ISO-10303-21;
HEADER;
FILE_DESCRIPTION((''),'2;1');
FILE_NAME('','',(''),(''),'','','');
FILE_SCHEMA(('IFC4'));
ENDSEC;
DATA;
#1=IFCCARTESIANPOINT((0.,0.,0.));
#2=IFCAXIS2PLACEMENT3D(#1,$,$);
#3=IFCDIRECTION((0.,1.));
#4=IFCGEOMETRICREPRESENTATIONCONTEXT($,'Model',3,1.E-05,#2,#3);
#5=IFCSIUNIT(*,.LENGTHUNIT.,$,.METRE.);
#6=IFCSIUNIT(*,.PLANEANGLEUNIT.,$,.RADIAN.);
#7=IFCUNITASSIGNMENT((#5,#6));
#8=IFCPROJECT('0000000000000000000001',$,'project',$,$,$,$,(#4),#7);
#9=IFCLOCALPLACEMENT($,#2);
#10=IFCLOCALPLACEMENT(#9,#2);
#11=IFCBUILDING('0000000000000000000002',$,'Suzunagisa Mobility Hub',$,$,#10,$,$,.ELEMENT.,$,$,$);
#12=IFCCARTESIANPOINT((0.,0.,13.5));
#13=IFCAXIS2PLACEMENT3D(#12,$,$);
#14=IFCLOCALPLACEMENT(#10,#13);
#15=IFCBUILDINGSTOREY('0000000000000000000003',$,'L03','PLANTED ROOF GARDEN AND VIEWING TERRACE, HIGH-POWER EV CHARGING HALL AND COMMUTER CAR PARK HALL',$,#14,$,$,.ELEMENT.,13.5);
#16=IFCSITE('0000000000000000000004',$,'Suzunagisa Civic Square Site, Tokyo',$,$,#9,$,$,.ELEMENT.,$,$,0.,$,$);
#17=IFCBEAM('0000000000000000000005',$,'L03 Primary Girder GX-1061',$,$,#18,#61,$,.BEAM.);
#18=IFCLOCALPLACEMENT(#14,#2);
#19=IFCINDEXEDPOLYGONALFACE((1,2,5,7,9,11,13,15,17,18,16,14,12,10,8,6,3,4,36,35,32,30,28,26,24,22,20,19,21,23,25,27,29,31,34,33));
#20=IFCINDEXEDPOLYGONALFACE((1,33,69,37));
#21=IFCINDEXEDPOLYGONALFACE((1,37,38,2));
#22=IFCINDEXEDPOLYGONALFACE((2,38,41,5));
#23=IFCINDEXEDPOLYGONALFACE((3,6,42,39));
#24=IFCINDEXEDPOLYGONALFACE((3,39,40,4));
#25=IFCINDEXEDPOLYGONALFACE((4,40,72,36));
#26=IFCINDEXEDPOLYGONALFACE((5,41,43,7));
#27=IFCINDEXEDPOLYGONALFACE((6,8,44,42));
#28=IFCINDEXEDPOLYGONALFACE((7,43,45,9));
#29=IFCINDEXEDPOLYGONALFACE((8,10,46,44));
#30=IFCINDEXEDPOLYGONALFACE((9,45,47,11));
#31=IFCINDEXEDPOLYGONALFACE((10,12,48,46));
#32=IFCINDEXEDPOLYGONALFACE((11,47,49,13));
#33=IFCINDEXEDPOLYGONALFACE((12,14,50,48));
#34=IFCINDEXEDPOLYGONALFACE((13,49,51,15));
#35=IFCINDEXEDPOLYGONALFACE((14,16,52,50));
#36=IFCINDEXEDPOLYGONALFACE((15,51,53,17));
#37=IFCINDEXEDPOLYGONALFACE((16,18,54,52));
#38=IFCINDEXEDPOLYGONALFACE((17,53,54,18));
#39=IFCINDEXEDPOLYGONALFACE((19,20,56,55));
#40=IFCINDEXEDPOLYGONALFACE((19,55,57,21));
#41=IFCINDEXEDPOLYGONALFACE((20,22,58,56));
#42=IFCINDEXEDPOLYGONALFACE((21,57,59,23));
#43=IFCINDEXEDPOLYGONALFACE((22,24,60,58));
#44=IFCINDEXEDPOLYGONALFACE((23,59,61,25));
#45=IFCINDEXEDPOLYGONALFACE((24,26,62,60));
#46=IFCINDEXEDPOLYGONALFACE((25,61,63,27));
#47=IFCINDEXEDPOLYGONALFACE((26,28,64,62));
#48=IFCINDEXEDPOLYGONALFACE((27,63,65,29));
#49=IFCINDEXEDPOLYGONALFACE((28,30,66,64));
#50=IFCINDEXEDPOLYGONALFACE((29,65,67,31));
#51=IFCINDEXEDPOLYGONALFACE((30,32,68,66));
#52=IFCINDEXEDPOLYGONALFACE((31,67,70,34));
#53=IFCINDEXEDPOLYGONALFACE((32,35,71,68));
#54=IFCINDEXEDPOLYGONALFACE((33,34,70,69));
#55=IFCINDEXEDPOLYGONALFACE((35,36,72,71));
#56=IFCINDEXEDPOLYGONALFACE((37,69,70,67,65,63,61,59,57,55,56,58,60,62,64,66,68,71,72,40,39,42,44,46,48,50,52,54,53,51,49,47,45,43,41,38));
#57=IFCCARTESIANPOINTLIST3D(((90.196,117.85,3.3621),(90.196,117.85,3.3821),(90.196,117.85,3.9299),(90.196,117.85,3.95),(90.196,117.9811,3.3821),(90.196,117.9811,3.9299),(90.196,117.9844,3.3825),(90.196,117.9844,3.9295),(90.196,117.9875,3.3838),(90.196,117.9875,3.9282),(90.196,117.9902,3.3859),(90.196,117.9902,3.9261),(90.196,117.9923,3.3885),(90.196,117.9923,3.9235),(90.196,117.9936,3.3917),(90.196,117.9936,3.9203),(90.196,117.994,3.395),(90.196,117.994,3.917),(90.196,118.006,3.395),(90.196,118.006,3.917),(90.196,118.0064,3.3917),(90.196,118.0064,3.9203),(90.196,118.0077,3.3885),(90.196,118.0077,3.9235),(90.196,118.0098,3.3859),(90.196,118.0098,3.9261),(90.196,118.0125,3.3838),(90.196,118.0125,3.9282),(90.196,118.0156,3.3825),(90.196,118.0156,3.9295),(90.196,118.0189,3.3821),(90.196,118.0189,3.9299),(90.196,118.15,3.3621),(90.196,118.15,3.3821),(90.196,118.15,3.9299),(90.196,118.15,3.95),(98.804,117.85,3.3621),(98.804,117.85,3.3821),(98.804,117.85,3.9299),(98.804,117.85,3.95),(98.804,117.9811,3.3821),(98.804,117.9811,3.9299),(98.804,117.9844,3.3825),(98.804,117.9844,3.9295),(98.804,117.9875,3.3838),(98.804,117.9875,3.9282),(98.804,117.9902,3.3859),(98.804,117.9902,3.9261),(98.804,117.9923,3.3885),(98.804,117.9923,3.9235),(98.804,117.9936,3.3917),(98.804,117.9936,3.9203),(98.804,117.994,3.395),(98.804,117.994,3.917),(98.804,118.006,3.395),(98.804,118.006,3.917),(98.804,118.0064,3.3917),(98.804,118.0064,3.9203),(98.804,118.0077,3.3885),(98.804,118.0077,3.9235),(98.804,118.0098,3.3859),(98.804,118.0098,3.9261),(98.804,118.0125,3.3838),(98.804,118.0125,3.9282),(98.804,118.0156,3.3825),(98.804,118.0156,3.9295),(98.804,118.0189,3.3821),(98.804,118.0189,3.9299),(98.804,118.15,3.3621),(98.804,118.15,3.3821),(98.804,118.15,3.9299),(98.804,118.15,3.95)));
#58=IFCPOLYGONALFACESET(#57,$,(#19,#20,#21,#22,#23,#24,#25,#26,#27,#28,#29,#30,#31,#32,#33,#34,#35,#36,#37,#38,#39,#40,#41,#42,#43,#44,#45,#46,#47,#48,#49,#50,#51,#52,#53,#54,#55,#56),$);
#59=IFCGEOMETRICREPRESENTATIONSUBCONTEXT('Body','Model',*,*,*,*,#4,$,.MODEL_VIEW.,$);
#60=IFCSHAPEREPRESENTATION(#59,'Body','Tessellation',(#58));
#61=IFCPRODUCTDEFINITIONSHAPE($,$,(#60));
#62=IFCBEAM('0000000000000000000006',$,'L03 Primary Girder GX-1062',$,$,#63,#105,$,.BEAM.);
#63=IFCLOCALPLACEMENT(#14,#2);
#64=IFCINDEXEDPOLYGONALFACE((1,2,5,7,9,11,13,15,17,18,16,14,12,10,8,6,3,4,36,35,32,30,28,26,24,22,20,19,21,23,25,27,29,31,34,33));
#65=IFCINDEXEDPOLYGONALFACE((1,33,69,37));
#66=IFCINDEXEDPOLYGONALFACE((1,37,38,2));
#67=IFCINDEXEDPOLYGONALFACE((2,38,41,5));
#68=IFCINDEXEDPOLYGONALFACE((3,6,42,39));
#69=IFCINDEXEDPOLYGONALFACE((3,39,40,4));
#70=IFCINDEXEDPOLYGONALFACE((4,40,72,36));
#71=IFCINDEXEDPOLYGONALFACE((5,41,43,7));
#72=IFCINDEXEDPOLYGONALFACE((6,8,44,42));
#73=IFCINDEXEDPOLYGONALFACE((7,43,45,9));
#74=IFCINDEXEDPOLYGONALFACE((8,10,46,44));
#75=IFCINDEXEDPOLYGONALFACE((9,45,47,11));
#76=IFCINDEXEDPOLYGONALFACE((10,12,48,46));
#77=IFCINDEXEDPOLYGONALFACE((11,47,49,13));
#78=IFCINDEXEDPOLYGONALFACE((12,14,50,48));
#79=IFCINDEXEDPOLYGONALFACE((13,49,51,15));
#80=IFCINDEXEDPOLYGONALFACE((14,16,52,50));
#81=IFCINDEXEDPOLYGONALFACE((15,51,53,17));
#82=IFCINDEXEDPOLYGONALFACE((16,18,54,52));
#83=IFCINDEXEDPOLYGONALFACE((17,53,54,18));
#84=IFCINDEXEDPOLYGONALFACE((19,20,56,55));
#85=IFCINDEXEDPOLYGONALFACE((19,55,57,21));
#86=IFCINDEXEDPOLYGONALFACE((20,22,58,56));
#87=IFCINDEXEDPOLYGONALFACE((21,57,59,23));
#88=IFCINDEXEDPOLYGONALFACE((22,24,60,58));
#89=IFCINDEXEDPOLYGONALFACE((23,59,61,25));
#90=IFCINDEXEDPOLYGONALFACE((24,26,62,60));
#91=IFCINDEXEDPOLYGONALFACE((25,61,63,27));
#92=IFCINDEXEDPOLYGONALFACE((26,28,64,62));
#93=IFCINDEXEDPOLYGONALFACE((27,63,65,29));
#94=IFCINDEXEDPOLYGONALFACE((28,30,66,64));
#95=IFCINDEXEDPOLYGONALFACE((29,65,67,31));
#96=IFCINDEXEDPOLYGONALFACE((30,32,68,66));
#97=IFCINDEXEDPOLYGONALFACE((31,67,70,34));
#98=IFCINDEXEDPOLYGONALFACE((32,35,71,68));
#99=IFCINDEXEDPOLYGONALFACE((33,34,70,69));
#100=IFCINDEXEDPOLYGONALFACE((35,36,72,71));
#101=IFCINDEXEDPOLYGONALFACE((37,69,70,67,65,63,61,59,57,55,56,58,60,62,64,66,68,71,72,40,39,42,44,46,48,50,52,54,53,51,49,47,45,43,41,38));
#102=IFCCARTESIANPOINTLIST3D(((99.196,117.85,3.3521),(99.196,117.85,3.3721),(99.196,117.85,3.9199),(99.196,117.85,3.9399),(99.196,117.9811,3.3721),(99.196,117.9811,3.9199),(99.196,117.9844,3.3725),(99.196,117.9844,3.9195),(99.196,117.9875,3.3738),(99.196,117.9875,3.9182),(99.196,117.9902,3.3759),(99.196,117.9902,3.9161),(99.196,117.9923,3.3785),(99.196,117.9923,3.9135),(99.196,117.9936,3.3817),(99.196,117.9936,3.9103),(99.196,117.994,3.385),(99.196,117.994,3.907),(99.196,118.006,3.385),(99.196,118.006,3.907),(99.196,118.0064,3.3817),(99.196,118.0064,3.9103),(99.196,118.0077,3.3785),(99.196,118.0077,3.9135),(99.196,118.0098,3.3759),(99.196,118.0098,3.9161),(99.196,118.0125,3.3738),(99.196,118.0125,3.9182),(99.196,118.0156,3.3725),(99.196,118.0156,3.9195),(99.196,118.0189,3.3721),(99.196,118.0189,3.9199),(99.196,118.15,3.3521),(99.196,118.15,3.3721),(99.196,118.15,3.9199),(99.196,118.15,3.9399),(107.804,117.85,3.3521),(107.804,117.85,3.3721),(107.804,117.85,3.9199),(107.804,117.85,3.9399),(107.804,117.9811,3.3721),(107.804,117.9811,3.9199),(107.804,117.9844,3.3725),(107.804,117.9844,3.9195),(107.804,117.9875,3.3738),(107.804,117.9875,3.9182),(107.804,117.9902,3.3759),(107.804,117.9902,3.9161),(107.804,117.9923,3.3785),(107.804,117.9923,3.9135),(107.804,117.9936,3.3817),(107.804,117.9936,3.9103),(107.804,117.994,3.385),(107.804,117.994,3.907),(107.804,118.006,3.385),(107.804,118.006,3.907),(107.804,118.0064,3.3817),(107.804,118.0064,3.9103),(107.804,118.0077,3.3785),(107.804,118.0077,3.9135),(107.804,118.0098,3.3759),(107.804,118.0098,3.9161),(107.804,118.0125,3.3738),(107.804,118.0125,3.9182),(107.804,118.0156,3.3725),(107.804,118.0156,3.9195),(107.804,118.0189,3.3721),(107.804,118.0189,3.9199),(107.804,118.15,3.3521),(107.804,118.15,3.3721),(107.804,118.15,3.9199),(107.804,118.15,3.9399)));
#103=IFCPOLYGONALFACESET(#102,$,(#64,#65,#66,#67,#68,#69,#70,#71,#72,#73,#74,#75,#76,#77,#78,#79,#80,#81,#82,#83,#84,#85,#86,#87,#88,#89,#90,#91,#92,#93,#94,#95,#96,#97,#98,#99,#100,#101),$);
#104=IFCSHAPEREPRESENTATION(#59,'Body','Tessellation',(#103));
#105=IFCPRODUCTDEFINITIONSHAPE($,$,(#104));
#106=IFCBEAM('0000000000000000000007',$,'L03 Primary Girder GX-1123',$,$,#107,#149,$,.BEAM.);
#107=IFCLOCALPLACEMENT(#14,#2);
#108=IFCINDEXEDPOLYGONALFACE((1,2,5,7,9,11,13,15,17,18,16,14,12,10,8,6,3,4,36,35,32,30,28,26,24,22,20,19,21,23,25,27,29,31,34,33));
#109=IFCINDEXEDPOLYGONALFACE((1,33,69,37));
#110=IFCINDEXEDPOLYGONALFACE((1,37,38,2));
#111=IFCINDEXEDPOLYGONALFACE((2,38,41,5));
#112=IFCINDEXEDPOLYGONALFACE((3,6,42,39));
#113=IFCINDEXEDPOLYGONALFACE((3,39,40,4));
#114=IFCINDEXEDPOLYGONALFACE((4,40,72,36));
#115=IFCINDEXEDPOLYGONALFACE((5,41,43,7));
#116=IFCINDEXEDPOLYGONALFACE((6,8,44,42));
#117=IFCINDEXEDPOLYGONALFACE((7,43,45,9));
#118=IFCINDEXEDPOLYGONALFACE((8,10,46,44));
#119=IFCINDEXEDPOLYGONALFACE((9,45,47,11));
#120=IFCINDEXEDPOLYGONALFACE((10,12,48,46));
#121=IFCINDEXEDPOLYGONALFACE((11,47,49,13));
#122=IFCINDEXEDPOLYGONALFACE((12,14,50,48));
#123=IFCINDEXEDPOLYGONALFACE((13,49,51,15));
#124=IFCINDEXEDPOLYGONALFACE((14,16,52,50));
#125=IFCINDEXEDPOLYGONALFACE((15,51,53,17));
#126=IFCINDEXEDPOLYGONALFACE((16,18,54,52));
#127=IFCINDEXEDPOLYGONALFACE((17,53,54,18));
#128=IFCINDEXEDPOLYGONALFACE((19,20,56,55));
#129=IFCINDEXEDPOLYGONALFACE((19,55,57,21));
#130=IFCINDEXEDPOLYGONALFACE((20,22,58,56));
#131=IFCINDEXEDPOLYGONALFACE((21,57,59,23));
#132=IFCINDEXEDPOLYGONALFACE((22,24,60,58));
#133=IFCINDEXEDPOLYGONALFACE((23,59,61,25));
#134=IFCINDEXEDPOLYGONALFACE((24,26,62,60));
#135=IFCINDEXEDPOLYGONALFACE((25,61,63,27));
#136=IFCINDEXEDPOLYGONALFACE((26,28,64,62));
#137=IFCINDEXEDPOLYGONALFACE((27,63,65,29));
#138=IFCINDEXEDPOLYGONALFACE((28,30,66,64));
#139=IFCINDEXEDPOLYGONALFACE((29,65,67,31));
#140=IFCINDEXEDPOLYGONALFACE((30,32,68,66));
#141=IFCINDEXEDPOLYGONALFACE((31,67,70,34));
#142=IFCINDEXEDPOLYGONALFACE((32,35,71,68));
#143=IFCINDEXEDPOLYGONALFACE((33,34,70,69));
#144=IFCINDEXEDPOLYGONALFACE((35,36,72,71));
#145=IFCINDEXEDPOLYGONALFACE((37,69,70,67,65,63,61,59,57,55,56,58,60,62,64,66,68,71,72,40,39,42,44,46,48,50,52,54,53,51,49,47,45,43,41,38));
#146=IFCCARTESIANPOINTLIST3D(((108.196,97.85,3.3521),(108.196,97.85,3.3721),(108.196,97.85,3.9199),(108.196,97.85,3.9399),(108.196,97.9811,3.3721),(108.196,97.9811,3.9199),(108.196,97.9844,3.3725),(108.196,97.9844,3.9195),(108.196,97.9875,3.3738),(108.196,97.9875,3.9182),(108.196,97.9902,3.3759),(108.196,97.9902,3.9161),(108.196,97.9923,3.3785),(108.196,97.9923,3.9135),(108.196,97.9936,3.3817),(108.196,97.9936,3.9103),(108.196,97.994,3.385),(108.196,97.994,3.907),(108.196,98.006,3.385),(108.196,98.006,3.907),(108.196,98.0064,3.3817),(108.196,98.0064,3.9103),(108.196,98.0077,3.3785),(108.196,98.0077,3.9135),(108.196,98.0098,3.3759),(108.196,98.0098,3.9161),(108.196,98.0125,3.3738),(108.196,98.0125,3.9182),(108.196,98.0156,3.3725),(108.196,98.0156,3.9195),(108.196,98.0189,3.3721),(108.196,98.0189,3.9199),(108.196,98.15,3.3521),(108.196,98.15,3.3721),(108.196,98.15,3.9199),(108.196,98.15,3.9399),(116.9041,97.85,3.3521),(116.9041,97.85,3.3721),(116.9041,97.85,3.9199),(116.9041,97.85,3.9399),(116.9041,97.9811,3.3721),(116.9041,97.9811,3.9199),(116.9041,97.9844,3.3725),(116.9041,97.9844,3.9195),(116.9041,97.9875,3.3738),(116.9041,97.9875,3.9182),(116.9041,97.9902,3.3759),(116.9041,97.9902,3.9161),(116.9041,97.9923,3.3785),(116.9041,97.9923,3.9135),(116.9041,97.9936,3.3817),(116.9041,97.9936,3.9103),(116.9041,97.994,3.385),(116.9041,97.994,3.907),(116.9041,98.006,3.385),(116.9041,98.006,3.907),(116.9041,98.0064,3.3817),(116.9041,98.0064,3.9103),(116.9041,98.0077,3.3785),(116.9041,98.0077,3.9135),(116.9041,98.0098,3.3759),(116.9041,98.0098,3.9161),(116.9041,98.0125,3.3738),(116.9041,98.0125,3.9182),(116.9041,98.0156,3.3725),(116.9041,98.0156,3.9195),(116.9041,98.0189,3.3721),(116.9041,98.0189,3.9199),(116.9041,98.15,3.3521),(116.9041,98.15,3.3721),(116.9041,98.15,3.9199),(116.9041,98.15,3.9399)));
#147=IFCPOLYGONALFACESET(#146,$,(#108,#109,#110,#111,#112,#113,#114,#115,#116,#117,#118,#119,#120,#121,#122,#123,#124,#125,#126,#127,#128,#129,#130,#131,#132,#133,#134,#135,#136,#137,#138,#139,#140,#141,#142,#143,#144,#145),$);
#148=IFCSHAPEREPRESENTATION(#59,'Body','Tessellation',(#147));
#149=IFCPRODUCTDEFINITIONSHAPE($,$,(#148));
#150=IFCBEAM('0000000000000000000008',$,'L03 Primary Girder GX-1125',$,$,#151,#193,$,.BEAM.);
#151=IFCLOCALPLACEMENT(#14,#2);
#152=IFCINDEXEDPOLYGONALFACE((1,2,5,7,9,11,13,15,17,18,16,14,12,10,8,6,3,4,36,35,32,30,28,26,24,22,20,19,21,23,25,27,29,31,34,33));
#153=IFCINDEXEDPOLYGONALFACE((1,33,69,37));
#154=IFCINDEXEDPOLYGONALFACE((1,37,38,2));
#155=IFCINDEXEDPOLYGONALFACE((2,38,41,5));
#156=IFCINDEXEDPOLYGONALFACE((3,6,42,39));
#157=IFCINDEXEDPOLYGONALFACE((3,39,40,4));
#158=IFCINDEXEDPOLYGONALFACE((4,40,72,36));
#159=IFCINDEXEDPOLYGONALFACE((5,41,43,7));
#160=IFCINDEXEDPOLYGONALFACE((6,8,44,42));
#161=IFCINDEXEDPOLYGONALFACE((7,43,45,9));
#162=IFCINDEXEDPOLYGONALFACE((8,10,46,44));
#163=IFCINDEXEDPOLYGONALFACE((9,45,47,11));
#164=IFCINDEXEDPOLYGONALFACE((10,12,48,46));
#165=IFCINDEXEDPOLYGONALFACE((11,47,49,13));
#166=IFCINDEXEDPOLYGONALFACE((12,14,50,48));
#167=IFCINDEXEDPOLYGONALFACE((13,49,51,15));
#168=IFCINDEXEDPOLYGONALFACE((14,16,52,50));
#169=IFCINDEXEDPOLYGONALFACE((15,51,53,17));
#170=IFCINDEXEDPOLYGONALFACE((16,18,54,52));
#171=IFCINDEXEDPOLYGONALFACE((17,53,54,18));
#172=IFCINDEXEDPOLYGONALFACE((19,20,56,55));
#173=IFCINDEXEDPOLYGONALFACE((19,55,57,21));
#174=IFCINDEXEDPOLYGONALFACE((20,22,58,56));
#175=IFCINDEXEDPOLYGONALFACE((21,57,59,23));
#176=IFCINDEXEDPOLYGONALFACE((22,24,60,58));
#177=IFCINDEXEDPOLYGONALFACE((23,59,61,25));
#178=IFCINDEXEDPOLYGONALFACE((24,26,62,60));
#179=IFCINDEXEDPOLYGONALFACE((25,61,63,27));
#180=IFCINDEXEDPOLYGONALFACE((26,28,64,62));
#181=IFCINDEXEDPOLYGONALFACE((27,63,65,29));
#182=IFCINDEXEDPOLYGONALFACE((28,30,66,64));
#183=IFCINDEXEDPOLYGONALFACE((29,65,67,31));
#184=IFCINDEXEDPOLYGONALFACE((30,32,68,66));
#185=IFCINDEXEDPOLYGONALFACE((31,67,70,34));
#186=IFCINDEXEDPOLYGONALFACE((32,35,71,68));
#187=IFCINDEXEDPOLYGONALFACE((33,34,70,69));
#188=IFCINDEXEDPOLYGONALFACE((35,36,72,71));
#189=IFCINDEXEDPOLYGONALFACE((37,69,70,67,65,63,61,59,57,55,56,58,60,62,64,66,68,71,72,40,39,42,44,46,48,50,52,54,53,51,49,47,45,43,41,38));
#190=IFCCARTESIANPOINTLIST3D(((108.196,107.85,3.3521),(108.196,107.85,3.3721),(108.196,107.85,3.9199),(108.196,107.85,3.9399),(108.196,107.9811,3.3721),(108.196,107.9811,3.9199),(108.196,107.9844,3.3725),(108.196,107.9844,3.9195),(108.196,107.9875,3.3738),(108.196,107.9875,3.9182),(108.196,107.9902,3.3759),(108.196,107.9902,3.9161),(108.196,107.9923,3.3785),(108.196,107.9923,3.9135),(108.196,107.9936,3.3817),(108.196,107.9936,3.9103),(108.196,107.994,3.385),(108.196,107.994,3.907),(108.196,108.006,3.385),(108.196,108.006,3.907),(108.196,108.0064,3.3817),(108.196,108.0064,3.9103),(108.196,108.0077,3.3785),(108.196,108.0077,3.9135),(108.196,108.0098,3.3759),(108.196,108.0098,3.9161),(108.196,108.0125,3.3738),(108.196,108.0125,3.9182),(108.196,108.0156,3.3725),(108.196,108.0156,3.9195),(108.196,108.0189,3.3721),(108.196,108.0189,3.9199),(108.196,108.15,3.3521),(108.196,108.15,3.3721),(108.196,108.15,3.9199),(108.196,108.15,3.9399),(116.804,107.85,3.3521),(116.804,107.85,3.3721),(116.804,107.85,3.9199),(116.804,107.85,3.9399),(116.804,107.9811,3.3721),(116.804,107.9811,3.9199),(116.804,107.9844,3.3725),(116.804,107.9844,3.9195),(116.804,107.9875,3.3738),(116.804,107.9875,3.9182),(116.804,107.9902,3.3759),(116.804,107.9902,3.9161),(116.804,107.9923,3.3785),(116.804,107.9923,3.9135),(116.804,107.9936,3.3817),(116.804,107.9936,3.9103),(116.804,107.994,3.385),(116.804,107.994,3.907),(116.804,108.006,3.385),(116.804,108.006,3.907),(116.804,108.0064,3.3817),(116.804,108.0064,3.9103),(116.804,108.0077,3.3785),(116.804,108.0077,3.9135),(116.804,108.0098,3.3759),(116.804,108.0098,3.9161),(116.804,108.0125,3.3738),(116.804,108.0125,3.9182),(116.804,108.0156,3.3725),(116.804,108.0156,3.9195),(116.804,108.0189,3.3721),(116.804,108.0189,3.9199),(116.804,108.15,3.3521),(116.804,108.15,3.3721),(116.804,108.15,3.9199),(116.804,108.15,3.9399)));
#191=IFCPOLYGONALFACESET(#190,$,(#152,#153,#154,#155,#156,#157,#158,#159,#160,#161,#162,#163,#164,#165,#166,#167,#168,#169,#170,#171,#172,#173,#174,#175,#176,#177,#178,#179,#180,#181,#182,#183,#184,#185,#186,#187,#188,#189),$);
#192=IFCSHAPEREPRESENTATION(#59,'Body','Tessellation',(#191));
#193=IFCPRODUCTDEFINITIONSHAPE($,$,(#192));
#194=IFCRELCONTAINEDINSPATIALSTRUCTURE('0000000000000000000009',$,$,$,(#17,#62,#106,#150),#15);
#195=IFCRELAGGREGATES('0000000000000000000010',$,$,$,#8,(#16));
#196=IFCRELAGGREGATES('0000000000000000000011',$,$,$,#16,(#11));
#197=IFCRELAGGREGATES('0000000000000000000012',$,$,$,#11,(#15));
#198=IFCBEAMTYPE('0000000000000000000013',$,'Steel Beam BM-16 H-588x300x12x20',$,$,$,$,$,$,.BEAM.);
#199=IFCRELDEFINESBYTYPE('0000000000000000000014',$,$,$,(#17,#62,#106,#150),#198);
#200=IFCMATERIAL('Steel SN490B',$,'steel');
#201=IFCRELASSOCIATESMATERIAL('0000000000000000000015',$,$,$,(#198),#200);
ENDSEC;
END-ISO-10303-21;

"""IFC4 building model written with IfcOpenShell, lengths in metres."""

from ifc_helpers import new_model, si_unit, direction, frame, origin, origin_2d, place, context, subcontext, project, spatial, i_section, extrude, material, material_profile, profile_set, type_object, element, save


model = new_model("IFC4")

# Units and contexts
model_context = context("Model", 3, precision=1e-05, world=origin(), true_north=direction((0.0, 1.0)))
body_context = subcontext(model_context, "Body", "Model", "MODEL_VIEW")
ifc_project = project(units=[si_unit("LENGTHUNIT", "METRE"), si_unit("PLANEANGLEUNIT", "RADIAN")], contexts=[model_context])

# Site, building, storey
site_placement = place(None, origin())
site = spatial("IfcSite", under=ifc_project, at=site_placement, Name="Suzunagisa Civic Square Site, Tokyo", CompositionType="ELEMENT", RefElevation=0.0)
building_placement = place(site_placement, origin())
building = spatial("IfcBuilding", under=site, at=building_placement, Name="Suzunagisa Mobility Hub", CompositionType="ELEMENT")
storey_placement = place(building_placement, frame((0.0, 0.0, 13.5)))
storey = spatial("IfcBuildingStorey", under=building, at=storey_placement, Name="L03", Description="PLANTED ROOF GARDEN AND VIEWING TERRACE, HIGH-POWER EV CHARGING HALL AND COMMUTER CAR PARK HALL", CompositionType="ELEMENT", Elevation=13.5)

# Shared definitions
ifc_material_1 = material(Name="Steel SN490B", Category="steel")

# Beams
ifc_material_profile_1 = material_profile(ifc_material_1, i_section(OverallWidth=0.3, OverallDepth=0.5879, WebThickness=0.012, FlangeThickness=0.02, FilletRadius=0.0129, at=origin_2d()), Name="H-588x300x12x20")
ifc_profile_set_1 = profile_set([ifc_material_profile_1], Name="Steel SN490B")
beam_type_1 = type_object("IfcBeamType", Name="Steel Beam BM-16 H-588x300x12x20", PredefinedType="BEAM", material=ifc_profile_set_1)
for number, where, z_axis, x_axis, name in (
    (1, (90.196, 118.0, 3.656), (1.0, 0.0, 0.0), (0.0, 1.0, 0.0), "L03 Primary Girder GX-1061"),
    (2, (99.196, 118.0, 3.646), (1.0, 0.0, 0.0), (0.0, 1.0, 0.0), "L03 Primary Girder GX-1062"),
):
    element("IfcBeam", number, at=place(storey_placement, frame(where, z_axis=z_axis, x_axis=x_axis)), inside=storey, type_object=beam_type_1, Name=name, PredefinedType="BEAM", context=body_context, shape_type="SweptSolid", body=[
        extrude(i_section(OverallWidth=0.3, OverallDepth=0.5879, WebThickness=0.012, FlangeThickness=0.02, FilletRadius=0.0129, at=origin_2d()), origin(), (0.0, 0.0, 1.0), 8.6079),
    ])
beam_1_placement = place(storey_placement, frame((108.196, 98.0, 3.646), z_axis=(1.0, 0.0, 0.0), x_axis=(0.0, 1.0, 0.0)))
element("IfcBeam", 3, at=beam_1_placement, inside=storey, type_object=beam_type_1, Name="L03 Primary Girder GX-1123", PredefinedType="BEAM", context=body_context, shape_type="SweptSolid", body=[
    extrude(i_section(OverallWidth=0.3, OverallDepth=0.5879, WebThickness=0.012, FlangeThickness=0.02, FilletRadius=0.0129, at=origin_2d()), origin(), (0.0, 0.0, 1.0), 8.708),
])
beam_2_placement = place(storey_placement, frame((108.196, 108.0, 3.646), z_axis=(1.0, 0.0, 0.0), x_axis=(0.0, 1.0, 0.0)))
element("IfcBeam", 4, at=beam_2_placement, inside=storey, type_object=beam_type_1, Name="L03 Primary Girder GX-1125", PredefinedType="BEAM", context=body_context, shape_type="SweptSolid", body=[
    extrude(i_section(OverallWidth=0.3, OverallDepth=0.5879, WebThickness=0.012, FlangeThickness=0.02, FilletRadius=0.0129, at=origin_2d()), origin(), (0.0, 0.0, 1.0), 8.6079),
])

save(model, "model.ifc")
